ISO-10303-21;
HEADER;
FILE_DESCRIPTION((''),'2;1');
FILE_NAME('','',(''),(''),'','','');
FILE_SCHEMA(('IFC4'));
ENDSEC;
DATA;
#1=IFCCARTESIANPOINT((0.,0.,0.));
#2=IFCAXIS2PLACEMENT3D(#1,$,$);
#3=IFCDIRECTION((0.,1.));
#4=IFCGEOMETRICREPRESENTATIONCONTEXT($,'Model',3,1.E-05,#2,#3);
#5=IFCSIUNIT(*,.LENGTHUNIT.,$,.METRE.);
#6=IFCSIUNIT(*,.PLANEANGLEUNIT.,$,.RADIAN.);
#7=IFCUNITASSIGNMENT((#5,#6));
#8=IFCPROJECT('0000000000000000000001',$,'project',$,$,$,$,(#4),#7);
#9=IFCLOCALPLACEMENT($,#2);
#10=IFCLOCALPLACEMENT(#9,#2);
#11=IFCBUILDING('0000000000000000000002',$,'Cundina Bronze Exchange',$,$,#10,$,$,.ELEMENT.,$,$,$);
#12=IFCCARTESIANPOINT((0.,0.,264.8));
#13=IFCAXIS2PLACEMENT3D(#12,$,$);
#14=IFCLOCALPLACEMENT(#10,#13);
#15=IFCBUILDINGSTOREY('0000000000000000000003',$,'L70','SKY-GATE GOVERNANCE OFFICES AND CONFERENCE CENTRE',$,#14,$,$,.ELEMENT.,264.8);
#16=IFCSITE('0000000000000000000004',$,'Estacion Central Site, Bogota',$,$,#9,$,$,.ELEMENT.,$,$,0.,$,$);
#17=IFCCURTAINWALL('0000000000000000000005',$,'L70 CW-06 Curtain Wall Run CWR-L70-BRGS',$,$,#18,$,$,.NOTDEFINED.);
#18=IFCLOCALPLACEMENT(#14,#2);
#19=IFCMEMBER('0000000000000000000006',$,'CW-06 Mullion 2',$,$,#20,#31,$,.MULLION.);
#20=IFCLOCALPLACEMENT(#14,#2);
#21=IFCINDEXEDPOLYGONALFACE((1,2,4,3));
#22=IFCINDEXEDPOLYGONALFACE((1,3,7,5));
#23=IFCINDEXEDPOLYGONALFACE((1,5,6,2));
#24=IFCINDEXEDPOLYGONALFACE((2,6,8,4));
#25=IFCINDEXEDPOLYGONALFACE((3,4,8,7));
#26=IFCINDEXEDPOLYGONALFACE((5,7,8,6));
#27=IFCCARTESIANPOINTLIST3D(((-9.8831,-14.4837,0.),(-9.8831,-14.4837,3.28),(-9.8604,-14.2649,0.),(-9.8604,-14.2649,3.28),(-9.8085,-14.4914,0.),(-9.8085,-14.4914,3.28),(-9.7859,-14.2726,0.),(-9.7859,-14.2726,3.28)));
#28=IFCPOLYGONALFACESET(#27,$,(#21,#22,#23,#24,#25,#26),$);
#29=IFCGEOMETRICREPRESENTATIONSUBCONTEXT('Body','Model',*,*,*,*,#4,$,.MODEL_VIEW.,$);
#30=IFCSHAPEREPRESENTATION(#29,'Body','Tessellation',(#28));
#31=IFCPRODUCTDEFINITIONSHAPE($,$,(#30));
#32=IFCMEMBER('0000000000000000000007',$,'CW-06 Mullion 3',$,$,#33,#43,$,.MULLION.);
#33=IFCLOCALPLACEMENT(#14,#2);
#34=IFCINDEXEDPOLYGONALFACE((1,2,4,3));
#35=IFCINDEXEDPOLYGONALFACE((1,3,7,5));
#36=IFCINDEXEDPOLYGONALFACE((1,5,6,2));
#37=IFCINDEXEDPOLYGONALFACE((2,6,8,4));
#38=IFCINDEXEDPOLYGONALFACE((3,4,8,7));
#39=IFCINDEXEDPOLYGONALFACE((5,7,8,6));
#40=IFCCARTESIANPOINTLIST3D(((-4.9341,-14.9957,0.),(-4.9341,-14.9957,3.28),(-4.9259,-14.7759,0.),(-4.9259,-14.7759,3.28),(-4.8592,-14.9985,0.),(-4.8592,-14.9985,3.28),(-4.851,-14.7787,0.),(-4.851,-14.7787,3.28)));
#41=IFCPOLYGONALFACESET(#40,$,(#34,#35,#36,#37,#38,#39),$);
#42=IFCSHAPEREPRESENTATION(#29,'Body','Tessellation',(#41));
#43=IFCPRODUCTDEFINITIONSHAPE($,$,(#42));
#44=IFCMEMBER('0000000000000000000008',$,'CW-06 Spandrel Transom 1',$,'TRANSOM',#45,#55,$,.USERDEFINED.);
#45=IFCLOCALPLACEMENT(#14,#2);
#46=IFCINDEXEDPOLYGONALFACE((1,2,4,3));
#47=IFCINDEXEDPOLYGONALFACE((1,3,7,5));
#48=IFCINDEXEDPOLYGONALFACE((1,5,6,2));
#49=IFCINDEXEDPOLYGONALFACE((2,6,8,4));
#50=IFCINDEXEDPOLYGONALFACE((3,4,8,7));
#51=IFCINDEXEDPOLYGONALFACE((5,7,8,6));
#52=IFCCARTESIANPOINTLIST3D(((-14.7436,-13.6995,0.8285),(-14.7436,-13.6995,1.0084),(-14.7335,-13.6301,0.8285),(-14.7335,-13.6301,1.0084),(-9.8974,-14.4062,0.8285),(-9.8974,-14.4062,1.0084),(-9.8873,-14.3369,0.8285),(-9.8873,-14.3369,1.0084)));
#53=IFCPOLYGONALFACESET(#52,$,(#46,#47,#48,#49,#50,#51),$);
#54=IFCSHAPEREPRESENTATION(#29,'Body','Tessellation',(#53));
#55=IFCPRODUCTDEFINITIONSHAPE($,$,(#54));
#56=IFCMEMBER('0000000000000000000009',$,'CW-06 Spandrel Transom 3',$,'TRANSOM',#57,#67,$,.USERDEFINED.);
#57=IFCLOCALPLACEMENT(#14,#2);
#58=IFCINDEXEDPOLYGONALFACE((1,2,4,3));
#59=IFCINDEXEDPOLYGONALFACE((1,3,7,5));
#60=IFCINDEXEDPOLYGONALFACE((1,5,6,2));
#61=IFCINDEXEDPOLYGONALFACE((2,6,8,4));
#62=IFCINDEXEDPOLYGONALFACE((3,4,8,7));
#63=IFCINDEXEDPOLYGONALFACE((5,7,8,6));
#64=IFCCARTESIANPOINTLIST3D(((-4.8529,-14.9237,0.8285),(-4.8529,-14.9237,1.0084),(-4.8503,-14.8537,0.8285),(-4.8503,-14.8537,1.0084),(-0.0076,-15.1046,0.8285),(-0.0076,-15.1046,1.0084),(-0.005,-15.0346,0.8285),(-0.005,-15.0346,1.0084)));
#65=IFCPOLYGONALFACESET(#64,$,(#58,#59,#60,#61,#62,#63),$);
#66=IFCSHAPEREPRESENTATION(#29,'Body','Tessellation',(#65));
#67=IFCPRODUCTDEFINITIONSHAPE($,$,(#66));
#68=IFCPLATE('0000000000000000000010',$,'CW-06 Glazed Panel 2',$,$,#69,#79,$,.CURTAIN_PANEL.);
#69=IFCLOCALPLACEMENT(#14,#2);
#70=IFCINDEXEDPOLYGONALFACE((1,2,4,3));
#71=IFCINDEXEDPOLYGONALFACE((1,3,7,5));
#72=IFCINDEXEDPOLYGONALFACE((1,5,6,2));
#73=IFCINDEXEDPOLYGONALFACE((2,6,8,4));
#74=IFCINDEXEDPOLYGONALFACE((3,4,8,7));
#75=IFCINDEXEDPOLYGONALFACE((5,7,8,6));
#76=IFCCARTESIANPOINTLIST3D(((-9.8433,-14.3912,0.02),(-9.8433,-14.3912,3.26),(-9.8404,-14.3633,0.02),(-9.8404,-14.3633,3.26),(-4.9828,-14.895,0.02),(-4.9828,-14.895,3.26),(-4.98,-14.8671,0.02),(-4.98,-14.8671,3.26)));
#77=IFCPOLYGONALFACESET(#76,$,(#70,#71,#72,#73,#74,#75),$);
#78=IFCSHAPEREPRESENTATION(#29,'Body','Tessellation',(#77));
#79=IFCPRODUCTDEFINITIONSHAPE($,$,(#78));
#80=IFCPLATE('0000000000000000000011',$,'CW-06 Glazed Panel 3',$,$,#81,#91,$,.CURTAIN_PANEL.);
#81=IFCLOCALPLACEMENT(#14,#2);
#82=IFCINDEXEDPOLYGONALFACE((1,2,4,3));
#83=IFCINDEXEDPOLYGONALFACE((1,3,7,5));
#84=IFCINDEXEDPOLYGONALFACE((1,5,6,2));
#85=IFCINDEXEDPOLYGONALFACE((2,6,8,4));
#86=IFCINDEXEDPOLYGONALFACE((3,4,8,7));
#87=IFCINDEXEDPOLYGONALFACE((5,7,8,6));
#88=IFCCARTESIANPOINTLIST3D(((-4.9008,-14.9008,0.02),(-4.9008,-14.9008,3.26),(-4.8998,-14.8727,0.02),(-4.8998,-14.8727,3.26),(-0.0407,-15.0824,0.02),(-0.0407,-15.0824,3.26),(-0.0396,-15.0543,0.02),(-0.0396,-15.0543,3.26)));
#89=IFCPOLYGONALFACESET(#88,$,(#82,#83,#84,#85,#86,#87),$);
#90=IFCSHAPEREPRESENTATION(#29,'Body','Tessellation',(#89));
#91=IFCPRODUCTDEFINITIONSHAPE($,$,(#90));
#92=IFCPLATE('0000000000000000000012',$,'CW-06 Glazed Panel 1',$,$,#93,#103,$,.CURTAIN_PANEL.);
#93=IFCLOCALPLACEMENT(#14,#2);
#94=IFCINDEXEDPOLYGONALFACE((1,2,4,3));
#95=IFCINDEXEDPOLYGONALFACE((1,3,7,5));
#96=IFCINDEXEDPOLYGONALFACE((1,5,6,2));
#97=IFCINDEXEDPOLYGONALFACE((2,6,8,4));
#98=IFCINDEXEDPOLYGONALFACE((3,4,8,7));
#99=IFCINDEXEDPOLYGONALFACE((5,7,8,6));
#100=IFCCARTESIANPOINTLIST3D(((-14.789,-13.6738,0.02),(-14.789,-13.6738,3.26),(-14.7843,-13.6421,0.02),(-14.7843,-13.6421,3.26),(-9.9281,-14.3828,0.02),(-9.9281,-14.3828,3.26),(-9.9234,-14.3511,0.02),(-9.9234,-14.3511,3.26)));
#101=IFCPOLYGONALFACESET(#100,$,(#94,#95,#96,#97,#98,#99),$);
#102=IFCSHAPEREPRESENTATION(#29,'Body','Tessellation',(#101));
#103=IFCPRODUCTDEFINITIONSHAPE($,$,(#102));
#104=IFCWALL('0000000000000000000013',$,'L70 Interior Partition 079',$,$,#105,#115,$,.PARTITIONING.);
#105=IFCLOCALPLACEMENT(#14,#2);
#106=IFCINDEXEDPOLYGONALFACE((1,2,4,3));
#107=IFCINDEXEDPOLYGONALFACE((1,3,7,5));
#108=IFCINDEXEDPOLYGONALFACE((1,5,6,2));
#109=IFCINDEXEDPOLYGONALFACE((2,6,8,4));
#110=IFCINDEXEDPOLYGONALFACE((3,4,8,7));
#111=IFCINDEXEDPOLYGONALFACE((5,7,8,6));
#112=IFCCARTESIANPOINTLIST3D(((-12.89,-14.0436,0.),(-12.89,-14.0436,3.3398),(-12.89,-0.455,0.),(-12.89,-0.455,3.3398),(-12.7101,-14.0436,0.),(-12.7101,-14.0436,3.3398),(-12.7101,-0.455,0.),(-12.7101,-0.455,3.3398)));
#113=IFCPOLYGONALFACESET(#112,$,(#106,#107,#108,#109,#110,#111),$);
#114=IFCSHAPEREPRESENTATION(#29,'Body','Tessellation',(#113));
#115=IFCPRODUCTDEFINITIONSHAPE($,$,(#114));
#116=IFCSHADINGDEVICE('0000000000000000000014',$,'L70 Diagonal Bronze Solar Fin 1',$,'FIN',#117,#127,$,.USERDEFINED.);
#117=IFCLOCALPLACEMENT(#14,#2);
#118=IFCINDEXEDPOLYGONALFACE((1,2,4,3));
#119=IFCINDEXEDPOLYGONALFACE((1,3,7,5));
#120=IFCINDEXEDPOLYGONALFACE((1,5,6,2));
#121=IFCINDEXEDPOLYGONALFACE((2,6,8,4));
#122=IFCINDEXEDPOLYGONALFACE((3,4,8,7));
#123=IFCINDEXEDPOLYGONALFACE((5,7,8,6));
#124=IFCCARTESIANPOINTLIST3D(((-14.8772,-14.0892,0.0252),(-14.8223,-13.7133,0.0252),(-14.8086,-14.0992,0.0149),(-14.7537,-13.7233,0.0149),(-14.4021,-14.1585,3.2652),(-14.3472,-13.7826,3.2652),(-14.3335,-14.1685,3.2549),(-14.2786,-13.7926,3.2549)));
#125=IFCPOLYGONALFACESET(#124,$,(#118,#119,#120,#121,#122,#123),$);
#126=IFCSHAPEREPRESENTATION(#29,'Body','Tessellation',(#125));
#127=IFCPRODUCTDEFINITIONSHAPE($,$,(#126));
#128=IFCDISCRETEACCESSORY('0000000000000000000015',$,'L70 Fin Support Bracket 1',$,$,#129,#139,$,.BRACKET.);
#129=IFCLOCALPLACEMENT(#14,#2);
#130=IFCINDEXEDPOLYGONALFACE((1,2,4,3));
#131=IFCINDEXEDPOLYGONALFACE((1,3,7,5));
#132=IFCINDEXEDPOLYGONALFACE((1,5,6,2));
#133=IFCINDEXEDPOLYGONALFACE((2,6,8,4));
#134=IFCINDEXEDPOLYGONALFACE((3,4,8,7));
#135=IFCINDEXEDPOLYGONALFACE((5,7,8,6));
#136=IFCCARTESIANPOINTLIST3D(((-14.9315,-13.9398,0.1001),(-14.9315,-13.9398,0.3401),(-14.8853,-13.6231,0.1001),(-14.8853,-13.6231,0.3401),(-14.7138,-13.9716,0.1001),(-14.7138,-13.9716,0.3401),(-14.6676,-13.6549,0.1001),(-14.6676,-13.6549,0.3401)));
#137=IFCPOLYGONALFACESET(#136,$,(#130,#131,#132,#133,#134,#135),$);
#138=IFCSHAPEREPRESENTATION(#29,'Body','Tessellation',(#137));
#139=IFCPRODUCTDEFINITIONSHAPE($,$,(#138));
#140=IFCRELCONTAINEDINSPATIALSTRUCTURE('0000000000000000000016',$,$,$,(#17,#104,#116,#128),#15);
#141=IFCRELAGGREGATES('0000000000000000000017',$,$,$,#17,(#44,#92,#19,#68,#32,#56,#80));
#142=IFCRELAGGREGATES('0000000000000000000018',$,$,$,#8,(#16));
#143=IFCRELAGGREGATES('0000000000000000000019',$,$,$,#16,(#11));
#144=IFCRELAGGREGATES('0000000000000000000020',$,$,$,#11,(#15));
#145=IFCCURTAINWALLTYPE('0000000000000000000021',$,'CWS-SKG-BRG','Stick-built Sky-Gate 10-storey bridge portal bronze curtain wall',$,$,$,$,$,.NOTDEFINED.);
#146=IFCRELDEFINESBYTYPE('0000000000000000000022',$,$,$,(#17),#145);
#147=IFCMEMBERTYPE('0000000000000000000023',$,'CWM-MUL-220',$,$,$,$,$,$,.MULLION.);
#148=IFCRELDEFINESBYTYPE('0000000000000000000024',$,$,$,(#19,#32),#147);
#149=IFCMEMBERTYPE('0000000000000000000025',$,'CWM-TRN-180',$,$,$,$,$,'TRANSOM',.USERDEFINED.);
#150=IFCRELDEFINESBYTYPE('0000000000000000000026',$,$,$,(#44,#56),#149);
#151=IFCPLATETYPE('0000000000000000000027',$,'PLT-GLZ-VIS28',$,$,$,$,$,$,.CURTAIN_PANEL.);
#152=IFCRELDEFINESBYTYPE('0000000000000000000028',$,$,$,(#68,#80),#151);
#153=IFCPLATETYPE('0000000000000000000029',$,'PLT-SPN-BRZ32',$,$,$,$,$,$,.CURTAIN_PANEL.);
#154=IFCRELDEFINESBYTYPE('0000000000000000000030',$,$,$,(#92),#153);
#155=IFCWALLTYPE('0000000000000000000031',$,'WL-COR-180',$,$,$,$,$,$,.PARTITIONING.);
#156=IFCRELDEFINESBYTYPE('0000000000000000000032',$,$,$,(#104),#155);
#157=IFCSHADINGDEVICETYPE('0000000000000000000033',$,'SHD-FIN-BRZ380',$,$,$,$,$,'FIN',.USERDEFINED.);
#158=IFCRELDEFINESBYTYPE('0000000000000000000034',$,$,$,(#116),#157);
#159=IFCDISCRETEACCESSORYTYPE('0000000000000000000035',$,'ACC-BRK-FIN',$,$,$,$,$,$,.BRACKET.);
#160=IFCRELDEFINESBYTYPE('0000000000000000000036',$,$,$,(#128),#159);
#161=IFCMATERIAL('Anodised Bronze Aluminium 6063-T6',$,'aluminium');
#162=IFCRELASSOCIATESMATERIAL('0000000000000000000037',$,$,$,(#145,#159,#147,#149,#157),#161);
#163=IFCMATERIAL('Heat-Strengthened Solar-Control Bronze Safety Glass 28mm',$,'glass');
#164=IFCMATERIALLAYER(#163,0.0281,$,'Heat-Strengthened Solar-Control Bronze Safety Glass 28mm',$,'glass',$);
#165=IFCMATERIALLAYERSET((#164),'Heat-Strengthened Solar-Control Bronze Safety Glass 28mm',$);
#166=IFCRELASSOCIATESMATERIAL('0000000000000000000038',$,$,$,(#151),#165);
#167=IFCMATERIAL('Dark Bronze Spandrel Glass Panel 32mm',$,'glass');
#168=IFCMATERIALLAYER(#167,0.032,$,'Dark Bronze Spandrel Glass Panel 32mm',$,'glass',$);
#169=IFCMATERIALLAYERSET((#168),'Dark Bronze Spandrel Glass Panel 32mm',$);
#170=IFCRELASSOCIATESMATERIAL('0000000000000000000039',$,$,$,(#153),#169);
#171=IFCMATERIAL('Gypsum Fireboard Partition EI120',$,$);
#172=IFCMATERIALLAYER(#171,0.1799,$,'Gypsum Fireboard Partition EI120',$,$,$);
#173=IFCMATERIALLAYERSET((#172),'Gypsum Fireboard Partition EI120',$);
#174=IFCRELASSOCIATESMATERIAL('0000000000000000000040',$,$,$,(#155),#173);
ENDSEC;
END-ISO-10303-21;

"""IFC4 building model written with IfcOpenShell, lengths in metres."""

from ifc_helpers import new_model, si_unit, direction, frame, frame_2d, origin, origin_2d, place, context, subcontext, project, spatial, rectangle, extrude, material, layer, layer_set, material_profile, profile_set, type_object, element, aggregate, save


model = new_model("IFC4")

# Units and contexts
model_context = context("Model", 3, precision=1e-05, world=origin(), true_north=direction((0.0, 1.0)))
body_context = subcontext(model_context, "Body", "Model", "MODEL_VIEW")
ifc_project = project(units=[si_unit("LENGTHUNIT", "METRE"), si_unit("PLANEANGLEUNIT", "RADIAN")], contexts=[model_context])

# Site, building, storey
site_placement = place(None, origin())
site = spatial("IfcSite", under=ifc_project, at=site_placement, Name="Estacion Central Site, Bogota", CompositionType="ELEMENT", RefElevation=0.0)
building_placement = place(site_placement, origin())
building = spatial("IfcBuilding", under=site, at=building_placement, Name="Cundina Bronze Exchange", CompositionType="ELEMENT")
storey_placement = place(building_placement, frame((0.0, 0.0, 264.8)))
storey = spatial("IfcBuildingStorey", under=building, at=storey_placement, Name="L70", Description="SKY-GATE GOVERNANCE OFFICES AND CONFERENCE CENTRE", CompositionType="ELEMENT", Elevation=264.8)

# Shared definitions
ifc_material_1 = material(Name="Anodised Bronze Aluminium 6063-T6", Category="aluminium")
curtain_wall_type = type_object("IfcCurtainWallType", Name="CWS-SKG-BRG", Description="Stick-built Sky-Gate 10-storey bridge portal bronze curtain wall", PredefinedType="NOTDEFINED", material=ifc_material_1)
ifc_material_profile_1 = material_profile(ifc_material_1, rectangle(XDim=0.075, YDim=0.22, at=origin_2d()), Name="AL75X220", Category="aluminium")
ifc_profile_set_1 = profile_set([ifc_material_profile_1], Name="Anodised Bronze Aluminium 6063-T6")
member_type_1 = type_object("IfcMemberType", Name="CWM-MUL-220", PredefinedType="MULLION", material=ifc_profile_set_1)

# Curtain wall, members, plates
curtain_wall_1_placement = place(storey_placement, origin())
curtain_wall_1 = element("IfcCurtainWall", 1, at=curtain_wall_1_placement, inside=storey, type_object=curtain_wall_type, Name="L70 CW-06 Curtain Wall Run CWR-L70-BRGS", PredefinedType="NOTDEFINED")
member_1_placement = place(storey_placement, frame((-9.8345, -14.3782, 0.0), z_axis=(0.0, 0.0, 1.0), x_axis=(0.994667, -0.10314, 0.0)))
member_1 = element("IfcMember", 2, at=member_1_placement, type_object=member_type_1, Name="CW-06 Mullion 2", PredefinedType="MULLION", context=body_context, shape_type="SweptSolid", body=[
    extrude(rectangle(XDim=0.075, YDim=0.22, at=origin_2d()), origin(), (0.0, 0.0, 1.0), 3.28),
])
member_2_placement = place(storey_placement, frame((-4.8926, -14.8872, 0.0), z_axis=(0.0, 0.0, 1.0), x_axis=(0.999303, -0.037341, 0.0)))
member_2 = element("IfcMember", 3, at=member_2_placement, type_object=member_type_1, Name="CW-06 Mullion 3", PredefinedType="MULLION", context=body_context, shape_type="SweptSolid", body=[
    extrude(rectangle(XDim=0.075, YDim=0.22, at=origin_2d()), origin(), (0.0, 0.0, 1.0), 3.28),
])
ifc_material_profile_2 = material_profile(ifc_material_1, rectangle(XDim=0.0701, YDim=0.1799, at=origin_2d()), Name="AL70X180", Category="aluminium")
ifc_profile_set_2 = profile_set([ifc_material_profile_2], Name="Anodised Bronze Aluminium 6063-T6")
member_type_2 = type_object("IfcMemberType", Name="CWM-TRN-180", ElementType="TRANSOM", PredefinedType="USERDEFINED", material=ifc_profile_set_2)
member_3_placement = place(storey_placement, frame((-14.7385, -13.6648, 0.9185), z_axis=(0.989531, -0.144317, 0.0), x_axis=(0.144317, 0.989531, 0.0)))
member_3 = element("IfcMember", 4, at=member_3_placement, type_object=member_type_2, Name="CW-06 Spandrel Transom 1", ObjectType="TRANSOM", PredefinedType="USERDEFINED", context=body_context, shape_type="SweptSolid", body=[
    extrude(rectangle(XDim=0.0701, YDim=0.1799, at=origin_2d()), origin(), (0.0, 0.0, 1.0), 4.8975),
])
member_4_placement = place(storey_placement, frame((-4.8516, -14.8887, 0.9185), z_axis=(0.999304, -0.037312, 0.0), x_axis=(0.037312, 0.999304, 0.0)))
member_4 = element("IfcMember", 5, at=member_4_placement, type_object=member_type_2, Name="CW-06 Spandrel Transom 3", ObjectType="TRANSOM", PredefinedType="USERDEFINED", context=body_context, shape_type="SweptSolid", body=[
    extrude(rectangle(XDim=0.0701, YDim=0.1799, at=origin_2d()), origin(), (0.0, 0.0, 1.0), 4.8486),
])
ifc_material_2 = material(Name="Heat-Strengthened Solar-Control Bronze Safety Glass 28mm", Category="glass")
ifc_layer_1 = layer(ifc_material_2, 0.0281, Name="Heat-Strengthened Solar-Control Bronze Safety Glass 28mm", Category="glass")
ifc_layer_set_1 = layer_set([ifc_layer_1], Name="Heat-Strengthened Solar-Control Bronze Safety Glass 28mm")
plate_type_1 = type_object("IfcPlateType", Name="PLT-GLZ-VIS28", PredefinedType="CURTAIN_PANEL", material=ifc_layer_set_1)
plate_1_placement = place(storey_placement, frame((-7.4116, -14.6292, 0.02), z_axis=(0.0, 0.0, 1.0), x_axis=(0.994672, -0.103088, 0.0)))
plate_1 = element("IfcPlate", 6, at=plate_1_placement, type_object=plate_type_1, Name="CW-06 Glazed Panel 2", PredefinedType="CURTAIN_PANEL", context=body_context, shape_type="SweptSolid", body=[
    extrude(rectangle(XDim=4.8865, YDim=0.0281, at=origin_2d()), origin(), (0.0, 0.0, 1.0), 3.24),
])
plate_2_placement = place(storey_placement, frame((-2.4702, -14.9775, 0.02), z_axis=(0.0, 0.0, 1.0), x_axis=(0.999303, -0.037341, 0.0)))
plate_2 = element("IfcPlate", 7, at=plate_2_placement, type_object=plate_type_1, Name="CW-06 Glazed Panel 3", PredefinedType="CURTAIN_PANEL", context=body_context, shape_type="SweptSolid", body=[
    extrude(rectangle(XDim=4.8635, YDim=0.0281, at=origin_2d()), origin(), (0.0, 0.0, 1.0), 3.24),
])
ifc_material_3 = material(Name="Dark Bronze Spandrel Glass Panel 32mm", Category="glass")
ifc_layer_2 = layer(ifc_material_3, 0.032, Name="Dark Bronze Spandrel Glass Panel 32mm", Category="glass")
ifc_layer_set_2 = layer_set([ifc_layer_2], Name="Dark Bronze Spandrel Glass Panel 32mm")
plate_type_2 = type_object("IfcPlateType", Name="PLT-SPN-BRZ32", PredefinedType="CURTAIN_PANEL", material=ifc_layer_set_2)
plate_3_placement = place(storey_placement, frame((-12.3562, -14.0125, 0.02), z_axis=(0.0, 0.0, 1.0), x_axis=(0.989528, -0.144339, 0.0)))
plate_3 = element("IfcPlate", 8, at=plate_3_placement, type_object=plate_type_2, Name="CW-06 Glazed Panel 1", PredefinedType="CURTAIN_PANEL", context=body_context, shape_type="SweptSolid", body=[
    extrude(rectangle(XDim=4.9124, YDim=0.032, at=origin_2d()), origin(), (0.0, 0.0, 1.0), 3.24),
])
aggregate(curtain_wall_1, [member_3, plate_3, member_1, plate_1, member_2, member_4, plate_2])

# Wall
ifc_material_4 = material(Name="Gypsum Fireboard Partition EI120")
ifc_layer_3 = layer(ifc_material_4, 0.1799, Name="Gypsum Fireboard Partition EI120")
ifc_layer_set_3 = layer_set([ifc_layer_3], Name="Gypsum Fireboard Partition EI120")
wall_type = type_object("IfcWallType", Name="WL-COR-180", PredefinedType="PARTITIONING", material=ifc_layer_set_3)
wall_placement = place(storey_placement, frame((-12.8, -14.0437, 0.0), z_axis=(0.0, 0.0, 1.0), x_axis=(0.0, 1.0, 0.0)))
element("IfcWall", 9, at=wall_placement, inside=storey, type_object=wall_type, Name="L70 Interior Partition 079", PredefinedType="PARTITIONING", context=body_context, shape_type="SweptSolid", body=[
    extrude(rectangle(XDim=13.5886, YDim=0.1799, at=frame_2d((6.7944, 0.0))), origin(), (0.0, 0.0, 1.0), 3.3398),
])

# Shading device
ifc_material_profile_3 = material_profile(ifc_material_1, rectangle(XDim=0.0701, YDim=0.3799, at=origin_2d()), Name="FIN70X380", Category="aluminium")
ifc_profile_set_3 = profile_set([ifc_material_profile_3], Name="Anodised Bronze Aluminium 6063-T6")
shading_device_type = type_object("IfcShadingDeviceType", Name="SHD-FIN-BRZ380", ElementType="FIN", PredefinedType="USERDEFINED", material=ifc_profile_set_3)
shading_device_placement = place(storey_placement, frame((-14.8154, -13.9062, 0.02), z_axis=(0.145052, -0.021169, 0.989198), x_axis=(-0.978829, 0.142851, 0.146588)))
element("IfcShadingDevice", 10, at=shading_device_placement, inside=storey, type_object=shading_device_type, Name="L70 Diagonal Bronze Solar Fin 1", ObjectType="FIN", PredefinedType="USERDEFINED", context=body_context, shape_type="SweptSolid", body=[
    extrude(rectangle(XDim=0.0701, YDim=0.3799, at=origin_2d()), origin(), (0.0, 0.0, 1.0), 3.2754),
])

# Discrete accessory
discrete_accessory_type = type_object("IfcDiscreteAccessoryType", Name="ACC-BRK-FIN", PredefinedType="BRACKET", material=ifc_material_1)
discrete_accessory_placement = place(storey_placement, frame((-14.7996, -13.7974, 0.1001), z_axis=(0.0, 0.0, 1.0), x_axis=(0.989528, -0.144339, 0.0)))
element("IfcDiscreteAccessory", 11, at=discrete_accessory_placement, inside=storey, type_object=discrete_accessory_type, Name="L70 Fin Support Bracket 1", PredefinedType="BRACKET", context=body_context, shape_type="SweptSolid", body=[
    extrude(rectangle(XDim=0.22, YDim=0.3201, at=origin_2d()), origin(), (0.0, 0.0, 1.0), 0.24),
])

save(model, "model.ifc")
